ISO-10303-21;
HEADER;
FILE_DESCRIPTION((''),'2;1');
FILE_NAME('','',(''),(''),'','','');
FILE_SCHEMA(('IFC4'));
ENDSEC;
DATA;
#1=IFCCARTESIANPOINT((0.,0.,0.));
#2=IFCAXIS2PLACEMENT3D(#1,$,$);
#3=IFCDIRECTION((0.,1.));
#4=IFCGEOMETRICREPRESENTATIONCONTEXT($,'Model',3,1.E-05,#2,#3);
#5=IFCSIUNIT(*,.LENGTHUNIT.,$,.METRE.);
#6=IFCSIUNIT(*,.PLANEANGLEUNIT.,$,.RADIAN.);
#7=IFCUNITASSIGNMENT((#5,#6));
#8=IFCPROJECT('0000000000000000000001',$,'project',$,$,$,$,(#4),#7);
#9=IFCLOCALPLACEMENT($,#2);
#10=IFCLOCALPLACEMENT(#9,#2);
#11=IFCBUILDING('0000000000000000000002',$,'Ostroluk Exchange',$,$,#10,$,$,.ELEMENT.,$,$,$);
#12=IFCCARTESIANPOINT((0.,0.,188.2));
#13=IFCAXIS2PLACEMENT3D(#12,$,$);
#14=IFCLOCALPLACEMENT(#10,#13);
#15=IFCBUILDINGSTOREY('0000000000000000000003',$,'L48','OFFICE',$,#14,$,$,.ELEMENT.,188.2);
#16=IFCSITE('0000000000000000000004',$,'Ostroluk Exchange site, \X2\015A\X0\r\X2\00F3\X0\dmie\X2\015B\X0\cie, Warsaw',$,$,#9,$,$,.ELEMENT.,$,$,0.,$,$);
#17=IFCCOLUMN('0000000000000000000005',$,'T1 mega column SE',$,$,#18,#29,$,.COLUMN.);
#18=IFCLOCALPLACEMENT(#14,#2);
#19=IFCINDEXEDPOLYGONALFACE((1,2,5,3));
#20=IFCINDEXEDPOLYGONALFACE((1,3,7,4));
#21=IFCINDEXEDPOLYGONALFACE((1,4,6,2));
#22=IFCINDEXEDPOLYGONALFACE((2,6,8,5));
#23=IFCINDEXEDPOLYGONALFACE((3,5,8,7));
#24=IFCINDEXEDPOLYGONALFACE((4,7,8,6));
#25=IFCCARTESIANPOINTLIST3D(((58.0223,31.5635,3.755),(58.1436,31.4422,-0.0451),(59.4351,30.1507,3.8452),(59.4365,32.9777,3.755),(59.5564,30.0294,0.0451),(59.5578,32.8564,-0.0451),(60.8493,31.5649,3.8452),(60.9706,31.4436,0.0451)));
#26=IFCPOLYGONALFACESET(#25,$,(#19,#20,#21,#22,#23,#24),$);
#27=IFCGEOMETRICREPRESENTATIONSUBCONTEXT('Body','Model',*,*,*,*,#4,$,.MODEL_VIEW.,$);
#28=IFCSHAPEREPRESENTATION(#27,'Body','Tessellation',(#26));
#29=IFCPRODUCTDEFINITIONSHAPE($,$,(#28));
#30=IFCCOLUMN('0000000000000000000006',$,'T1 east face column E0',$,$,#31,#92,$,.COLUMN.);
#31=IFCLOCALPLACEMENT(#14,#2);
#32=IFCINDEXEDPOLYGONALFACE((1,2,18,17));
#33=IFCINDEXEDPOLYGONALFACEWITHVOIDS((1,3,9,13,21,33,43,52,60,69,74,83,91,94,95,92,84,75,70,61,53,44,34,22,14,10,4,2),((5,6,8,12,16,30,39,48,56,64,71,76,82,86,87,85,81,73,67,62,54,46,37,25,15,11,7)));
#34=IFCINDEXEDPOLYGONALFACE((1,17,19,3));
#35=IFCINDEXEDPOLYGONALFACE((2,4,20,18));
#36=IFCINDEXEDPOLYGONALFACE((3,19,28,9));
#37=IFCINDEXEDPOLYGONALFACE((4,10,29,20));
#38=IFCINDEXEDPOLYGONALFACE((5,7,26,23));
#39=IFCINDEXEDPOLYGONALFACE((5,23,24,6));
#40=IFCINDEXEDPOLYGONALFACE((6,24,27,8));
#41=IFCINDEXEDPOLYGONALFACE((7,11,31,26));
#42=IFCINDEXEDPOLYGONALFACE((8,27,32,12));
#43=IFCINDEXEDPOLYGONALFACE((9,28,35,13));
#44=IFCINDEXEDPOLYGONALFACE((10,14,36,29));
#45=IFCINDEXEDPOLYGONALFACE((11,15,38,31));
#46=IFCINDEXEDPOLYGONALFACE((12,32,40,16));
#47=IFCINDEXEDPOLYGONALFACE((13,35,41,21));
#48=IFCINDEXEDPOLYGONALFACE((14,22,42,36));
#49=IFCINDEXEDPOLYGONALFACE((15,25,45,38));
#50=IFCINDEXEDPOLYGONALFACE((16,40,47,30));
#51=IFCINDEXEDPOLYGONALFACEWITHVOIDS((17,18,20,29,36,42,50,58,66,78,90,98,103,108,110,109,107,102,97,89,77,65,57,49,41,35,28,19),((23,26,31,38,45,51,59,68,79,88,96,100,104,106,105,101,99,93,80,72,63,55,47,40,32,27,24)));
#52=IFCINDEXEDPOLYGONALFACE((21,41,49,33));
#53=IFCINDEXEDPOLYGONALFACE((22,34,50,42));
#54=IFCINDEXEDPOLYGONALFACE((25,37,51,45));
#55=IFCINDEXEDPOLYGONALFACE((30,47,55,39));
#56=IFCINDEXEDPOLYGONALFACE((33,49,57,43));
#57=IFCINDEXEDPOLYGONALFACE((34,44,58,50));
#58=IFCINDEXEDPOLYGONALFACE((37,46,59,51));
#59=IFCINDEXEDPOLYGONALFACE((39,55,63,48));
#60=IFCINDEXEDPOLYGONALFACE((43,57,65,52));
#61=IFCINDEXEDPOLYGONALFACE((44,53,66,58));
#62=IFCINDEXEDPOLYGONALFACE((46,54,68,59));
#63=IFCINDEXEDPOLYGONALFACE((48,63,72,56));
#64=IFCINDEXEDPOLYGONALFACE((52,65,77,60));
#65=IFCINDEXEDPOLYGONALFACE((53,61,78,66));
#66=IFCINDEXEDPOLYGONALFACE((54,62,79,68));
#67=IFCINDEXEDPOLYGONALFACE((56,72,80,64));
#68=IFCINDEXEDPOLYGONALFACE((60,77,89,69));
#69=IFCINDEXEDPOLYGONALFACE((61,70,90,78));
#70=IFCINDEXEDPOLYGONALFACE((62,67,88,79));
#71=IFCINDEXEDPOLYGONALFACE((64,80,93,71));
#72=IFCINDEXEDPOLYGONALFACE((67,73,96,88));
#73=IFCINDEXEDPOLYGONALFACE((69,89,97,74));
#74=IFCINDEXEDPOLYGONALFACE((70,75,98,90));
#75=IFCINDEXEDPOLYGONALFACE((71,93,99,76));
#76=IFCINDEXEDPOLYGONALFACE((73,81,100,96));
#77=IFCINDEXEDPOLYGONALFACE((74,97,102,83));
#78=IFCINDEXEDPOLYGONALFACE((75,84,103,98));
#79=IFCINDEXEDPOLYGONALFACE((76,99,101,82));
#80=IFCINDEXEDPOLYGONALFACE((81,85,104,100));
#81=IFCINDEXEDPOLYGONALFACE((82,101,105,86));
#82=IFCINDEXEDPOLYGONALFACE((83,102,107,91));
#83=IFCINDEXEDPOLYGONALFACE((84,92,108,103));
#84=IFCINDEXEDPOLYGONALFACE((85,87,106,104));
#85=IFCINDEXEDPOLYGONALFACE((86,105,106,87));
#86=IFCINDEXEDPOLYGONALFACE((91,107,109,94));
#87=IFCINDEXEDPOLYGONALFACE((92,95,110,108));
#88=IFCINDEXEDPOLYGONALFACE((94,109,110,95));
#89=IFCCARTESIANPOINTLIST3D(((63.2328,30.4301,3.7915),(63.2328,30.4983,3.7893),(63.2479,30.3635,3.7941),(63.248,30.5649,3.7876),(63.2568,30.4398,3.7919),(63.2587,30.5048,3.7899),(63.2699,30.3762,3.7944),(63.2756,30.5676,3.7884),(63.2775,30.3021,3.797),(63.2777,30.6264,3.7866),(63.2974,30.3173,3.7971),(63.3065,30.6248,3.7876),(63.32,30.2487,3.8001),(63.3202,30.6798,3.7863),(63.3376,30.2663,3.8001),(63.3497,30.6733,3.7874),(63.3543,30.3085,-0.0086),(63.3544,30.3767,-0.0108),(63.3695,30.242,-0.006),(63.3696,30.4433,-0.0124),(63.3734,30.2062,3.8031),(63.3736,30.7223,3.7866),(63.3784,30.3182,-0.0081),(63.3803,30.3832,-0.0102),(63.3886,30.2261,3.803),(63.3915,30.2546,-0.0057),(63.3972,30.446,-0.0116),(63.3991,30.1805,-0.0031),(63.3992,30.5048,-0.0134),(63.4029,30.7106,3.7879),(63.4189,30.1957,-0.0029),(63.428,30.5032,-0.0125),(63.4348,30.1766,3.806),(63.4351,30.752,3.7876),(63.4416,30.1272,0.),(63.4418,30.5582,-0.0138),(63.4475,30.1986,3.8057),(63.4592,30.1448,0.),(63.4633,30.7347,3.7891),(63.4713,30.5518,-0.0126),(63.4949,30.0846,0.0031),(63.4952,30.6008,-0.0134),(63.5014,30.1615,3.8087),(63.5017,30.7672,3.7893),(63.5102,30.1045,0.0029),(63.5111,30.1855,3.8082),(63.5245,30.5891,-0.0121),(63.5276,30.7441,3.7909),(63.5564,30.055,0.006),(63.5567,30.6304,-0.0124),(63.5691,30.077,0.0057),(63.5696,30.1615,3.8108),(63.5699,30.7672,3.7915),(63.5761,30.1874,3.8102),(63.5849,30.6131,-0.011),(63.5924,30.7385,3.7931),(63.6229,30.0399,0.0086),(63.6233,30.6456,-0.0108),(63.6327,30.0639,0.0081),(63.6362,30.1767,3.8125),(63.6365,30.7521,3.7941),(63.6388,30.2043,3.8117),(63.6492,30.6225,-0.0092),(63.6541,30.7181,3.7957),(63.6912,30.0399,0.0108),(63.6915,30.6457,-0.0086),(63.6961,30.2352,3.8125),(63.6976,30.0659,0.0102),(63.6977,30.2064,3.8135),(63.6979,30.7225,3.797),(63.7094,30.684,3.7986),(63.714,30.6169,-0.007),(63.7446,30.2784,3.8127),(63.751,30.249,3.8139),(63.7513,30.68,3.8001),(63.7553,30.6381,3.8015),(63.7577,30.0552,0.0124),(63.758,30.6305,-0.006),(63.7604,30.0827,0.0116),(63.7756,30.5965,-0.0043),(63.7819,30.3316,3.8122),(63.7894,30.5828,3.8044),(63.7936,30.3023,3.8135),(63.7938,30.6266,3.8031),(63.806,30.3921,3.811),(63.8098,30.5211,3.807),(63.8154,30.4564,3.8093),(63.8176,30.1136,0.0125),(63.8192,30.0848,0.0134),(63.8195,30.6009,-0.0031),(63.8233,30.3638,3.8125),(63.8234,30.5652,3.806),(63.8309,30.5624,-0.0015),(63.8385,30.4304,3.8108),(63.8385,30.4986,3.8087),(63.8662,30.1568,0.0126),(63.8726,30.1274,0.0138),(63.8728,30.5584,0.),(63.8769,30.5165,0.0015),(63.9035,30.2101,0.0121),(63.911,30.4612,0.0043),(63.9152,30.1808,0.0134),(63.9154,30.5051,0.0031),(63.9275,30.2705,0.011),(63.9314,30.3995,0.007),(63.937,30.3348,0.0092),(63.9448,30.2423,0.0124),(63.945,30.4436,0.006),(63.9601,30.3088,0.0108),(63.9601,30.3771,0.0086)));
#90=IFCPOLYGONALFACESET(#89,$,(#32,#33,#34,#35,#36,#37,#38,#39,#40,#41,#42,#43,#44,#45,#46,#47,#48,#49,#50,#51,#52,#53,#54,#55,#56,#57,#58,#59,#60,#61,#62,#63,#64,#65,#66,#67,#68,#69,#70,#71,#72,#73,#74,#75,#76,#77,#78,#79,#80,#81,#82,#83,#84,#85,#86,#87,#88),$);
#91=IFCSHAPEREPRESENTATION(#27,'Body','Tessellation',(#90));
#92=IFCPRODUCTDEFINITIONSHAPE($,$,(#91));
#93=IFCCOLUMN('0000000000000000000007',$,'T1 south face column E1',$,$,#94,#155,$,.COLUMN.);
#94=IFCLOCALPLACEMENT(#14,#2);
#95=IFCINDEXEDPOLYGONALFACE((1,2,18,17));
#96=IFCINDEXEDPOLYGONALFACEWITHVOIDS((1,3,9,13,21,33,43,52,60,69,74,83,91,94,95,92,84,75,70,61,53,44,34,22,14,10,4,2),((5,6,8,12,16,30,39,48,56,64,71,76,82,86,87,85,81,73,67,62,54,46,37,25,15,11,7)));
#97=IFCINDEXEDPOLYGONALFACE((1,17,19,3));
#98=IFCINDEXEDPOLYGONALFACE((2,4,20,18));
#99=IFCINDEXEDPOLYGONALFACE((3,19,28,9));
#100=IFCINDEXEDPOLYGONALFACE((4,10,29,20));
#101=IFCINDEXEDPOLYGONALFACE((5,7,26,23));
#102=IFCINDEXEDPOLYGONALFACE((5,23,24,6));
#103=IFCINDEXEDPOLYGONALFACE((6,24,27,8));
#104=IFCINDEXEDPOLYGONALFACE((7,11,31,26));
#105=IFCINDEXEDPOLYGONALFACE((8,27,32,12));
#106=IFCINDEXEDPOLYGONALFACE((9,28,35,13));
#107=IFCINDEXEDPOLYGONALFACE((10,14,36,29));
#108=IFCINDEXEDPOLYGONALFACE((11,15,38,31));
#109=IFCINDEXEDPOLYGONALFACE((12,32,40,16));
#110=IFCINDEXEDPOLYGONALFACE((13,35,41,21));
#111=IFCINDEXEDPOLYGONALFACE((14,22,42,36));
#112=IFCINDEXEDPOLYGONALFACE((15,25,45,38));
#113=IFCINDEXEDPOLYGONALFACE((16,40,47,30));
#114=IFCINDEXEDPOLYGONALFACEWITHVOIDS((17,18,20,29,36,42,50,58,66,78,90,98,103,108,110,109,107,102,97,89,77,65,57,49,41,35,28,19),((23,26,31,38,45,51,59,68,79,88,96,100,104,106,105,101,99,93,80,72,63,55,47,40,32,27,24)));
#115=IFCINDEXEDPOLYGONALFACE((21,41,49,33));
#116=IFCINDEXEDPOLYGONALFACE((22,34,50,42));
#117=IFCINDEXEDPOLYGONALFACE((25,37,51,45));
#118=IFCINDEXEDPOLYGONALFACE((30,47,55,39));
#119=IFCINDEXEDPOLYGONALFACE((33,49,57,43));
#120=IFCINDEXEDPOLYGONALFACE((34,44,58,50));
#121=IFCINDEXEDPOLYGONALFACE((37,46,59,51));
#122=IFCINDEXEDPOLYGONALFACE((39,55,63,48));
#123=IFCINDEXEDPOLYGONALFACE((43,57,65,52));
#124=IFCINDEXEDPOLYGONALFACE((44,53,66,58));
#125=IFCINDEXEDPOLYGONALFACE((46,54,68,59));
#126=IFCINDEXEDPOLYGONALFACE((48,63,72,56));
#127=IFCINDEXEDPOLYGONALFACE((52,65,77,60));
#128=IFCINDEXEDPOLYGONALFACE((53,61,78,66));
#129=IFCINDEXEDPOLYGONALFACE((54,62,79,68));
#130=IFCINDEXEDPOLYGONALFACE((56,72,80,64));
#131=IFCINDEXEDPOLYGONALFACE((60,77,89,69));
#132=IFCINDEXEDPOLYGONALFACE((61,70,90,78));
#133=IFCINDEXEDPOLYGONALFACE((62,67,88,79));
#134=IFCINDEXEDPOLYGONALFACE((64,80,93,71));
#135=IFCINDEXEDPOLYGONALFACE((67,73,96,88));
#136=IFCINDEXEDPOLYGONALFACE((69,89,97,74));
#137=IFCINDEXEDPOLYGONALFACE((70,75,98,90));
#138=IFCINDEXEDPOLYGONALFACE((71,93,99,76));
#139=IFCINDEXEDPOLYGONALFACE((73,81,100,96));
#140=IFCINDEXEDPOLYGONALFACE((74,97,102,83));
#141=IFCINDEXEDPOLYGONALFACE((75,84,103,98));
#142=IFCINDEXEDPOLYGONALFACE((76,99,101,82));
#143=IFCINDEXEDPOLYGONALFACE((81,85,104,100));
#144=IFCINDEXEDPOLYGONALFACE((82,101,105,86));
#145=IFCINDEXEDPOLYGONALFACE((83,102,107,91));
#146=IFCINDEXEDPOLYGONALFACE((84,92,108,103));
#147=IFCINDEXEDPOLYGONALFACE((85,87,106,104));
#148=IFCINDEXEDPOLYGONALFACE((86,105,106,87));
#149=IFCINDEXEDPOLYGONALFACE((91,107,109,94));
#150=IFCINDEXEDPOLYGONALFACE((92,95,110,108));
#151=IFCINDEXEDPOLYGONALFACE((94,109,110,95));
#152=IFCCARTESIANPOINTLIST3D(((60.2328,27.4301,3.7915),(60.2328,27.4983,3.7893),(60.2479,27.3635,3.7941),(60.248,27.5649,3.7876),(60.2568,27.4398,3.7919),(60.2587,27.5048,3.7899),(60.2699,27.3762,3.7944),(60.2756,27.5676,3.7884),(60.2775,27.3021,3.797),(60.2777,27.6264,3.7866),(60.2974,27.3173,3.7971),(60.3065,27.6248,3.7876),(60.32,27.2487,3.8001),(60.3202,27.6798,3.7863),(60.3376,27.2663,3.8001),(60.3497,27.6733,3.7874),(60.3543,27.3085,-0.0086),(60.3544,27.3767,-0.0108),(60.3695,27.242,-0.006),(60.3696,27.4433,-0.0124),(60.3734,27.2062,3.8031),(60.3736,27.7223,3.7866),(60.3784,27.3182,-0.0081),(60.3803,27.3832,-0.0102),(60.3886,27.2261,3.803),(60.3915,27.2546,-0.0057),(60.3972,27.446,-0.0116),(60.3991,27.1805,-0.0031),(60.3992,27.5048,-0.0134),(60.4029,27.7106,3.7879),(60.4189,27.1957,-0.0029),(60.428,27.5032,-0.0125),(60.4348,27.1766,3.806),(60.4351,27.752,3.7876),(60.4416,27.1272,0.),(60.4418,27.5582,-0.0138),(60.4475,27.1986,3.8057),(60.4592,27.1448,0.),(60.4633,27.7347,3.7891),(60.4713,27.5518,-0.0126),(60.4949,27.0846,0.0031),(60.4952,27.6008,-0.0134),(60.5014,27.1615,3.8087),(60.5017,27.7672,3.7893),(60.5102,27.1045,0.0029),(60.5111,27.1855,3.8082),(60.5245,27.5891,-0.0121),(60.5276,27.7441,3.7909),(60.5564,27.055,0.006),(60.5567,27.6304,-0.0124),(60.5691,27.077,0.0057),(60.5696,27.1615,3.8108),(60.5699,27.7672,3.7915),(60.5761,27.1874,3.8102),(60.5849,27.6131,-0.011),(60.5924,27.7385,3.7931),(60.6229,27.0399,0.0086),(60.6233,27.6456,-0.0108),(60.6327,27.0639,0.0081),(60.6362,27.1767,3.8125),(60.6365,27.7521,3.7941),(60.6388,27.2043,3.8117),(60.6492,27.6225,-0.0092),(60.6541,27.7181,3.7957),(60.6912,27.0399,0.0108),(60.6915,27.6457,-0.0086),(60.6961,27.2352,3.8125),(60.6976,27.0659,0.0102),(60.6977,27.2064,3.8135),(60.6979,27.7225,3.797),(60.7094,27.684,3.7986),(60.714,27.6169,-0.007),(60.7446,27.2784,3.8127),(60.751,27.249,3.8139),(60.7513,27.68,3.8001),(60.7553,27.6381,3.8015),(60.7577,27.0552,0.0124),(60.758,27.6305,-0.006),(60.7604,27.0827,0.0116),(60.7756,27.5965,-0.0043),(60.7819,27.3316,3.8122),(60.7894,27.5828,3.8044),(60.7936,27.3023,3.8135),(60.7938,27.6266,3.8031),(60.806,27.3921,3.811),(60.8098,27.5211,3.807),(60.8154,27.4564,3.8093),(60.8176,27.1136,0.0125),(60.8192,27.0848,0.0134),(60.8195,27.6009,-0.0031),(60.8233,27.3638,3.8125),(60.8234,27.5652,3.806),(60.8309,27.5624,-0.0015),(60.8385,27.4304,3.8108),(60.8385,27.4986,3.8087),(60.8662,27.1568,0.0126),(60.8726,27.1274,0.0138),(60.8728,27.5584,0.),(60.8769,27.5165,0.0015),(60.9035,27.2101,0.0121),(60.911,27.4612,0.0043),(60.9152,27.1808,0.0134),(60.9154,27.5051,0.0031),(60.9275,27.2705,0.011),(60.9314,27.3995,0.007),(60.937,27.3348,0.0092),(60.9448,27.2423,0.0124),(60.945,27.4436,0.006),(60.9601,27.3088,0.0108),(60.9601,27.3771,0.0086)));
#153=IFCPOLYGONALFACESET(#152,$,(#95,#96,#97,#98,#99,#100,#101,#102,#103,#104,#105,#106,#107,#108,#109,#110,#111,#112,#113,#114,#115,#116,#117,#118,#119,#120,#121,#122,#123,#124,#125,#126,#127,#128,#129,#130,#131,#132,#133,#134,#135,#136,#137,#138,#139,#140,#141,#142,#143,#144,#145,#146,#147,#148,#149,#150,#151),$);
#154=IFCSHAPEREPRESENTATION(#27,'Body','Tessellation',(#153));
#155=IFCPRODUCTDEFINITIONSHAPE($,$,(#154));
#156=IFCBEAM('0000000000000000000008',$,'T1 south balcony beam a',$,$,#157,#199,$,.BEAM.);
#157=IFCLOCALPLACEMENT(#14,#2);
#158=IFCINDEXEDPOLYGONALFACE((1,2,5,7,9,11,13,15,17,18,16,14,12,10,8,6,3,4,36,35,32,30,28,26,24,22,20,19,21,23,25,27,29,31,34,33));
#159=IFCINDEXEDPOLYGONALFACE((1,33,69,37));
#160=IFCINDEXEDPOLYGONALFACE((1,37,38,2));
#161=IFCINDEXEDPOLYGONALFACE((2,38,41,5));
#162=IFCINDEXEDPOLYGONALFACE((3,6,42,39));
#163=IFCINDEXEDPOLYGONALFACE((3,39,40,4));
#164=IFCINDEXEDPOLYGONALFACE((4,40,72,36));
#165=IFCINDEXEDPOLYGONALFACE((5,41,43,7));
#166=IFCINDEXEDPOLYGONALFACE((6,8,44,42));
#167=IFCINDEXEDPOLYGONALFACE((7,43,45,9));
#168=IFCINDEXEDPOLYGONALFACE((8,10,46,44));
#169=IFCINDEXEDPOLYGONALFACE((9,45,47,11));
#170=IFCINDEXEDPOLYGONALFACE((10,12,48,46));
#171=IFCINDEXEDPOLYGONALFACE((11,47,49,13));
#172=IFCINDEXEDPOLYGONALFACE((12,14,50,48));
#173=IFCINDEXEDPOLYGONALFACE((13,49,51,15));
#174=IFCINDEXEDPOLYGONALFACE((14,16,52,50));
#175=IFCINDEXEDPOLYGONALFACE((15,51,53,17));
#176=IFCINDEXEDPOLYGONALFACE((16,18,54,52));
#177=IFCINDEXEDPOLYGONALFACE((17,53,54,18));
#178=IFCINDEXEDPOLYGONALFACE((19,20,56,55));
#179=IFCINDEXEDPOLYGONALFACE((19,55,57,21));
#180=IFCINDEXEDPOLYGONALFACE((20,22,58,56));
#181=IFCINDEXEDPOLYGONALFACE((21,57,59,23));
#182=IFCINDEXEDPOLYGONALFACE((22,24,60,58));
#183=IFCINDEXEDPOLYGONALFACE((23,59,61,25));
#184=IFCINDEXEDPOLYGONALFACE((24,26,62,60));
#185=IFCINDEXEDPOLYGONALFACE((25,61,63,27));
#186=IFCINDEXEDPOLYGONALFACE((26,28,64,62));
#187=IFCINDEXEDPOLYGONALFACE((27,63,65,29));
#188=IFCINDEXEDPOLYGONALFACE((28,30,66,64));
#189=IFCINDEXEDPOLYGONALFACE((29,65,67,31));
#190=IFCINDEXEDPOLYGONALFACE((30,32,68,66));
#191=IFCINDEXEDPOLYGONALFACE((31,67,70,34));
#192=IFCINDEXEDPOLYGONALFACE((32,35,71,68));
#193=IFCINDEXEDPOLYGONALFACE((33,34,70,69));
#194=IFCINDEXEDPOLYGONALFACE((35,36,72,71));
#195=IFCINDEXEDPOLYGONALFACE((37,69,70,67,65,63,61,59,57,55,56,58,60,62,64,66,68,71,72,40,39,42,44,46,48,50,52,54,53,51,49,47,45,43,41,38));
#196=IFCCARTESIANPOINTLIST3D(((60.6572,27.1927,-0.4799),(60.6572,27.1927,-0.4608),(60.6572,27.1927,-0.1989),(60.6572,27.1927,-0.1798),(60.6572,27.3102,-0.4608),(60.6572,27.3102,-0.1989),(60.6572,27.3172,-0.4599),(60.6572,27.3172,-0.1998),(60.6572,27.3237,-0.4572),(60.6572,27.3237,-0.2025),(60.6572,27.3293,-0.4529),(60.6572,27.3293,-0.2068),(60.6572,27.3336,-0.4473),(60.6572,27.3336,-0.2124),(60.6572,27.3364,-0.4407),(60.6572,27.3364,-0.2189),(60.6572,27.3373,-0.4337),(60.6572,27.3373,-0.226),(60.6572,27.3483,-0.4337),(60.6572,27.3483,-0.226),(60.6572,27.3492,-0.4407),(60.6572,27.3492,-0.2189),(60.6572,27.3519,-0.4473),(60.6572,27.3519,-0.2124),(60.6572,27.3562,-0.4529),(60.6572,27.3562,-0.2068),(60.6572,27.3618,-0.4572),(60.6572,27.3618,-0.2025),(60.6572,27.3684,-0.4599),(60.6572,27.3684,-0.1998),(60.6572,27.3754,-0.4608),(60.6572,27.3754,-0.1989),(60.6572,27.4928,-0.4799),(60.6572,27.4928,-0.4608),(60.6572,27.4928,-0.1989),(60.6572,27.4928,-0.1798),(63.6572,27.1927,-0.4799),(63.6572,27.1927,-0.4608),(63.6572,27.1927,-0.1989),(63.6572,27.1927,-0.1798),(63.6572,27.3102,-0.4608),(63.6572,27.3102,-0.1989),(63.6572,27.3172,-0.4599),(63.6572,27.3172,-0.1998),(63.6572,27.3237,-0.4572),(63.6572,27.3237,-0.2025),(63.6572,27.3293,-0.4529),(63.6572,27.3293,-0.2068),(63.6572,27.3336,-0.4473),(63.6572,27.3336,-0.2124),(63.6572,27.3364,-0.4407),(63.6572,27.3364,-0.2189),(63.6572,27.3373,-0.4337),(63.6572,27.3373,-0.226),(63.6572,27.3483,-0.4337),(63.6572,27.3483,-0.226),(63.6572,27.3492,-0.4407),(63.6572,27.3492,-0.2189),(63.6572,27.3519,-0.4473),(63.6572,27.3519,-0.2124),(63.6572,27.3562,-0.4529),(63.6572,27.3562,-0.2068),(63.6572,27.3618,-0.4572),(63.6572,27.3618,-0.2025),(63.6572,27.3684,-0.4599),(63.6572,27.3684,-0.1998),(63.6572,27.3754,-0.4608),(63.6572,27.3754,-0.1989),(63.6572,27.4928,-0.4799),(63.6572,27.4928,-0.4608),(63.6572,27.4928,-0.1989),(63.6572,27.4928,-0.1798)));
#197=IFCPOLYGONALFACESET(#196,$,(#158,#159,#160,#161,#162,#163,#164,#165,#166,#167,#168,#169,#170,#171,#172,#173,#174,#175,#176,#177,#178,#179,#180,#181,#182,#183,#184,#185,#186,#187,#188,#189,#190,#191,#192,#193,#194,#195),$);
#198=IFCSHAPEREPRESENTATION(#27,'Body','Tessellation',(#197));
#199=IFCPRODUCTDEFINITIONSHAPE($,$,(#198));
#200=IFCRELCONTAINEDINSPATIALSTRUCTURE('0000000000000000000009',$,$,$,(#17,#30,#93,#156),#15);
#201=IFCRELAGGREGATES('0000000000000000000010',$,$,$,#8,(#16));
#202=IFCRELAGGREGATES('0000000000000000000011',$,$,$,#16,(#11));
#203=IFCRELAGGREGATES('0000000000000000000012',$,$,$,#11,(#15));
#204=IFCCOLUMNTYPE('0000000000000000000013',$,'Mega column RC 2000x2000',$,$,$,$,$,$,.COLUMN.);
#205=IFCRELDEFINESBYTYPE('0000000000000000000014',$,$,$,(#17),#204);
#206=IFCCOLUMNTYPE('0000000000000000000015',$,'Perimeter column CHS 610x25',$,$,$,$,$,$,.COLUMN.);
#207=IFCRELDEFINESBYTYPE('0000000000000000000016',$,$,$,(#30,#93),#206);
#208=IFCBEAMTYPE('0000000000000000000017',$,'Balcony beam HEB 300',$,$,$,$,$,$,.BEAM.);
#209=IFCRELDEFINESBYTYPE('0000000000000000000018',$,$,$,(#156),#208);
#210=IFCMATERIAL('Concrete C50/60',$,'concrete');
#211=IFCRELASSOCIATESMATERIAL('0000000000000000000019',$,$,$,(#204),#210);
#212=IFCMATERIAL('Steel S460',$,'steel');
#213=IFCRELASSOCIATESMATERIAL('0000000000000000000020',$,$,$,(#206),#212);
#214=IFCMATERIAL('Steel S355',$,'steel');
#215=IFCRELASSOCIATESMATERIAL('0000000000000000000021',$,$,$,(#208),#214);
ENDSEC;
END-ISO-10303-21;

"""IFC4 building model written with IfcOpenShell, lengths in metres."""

from ifc_helpers import new_model, si_unit, direction, frame, origin, origin_2d, place, context, subcontext, project, spatial, rectangle, hollow_circle, i_section, extrude, material, material_profile, profile_set, type_object, element, save


model = new_model("IFC4")

# Units and contexts
model_context = context("Model", 3, precision=1e-05, world=origin(), true_north=direction((0.0, 1.0)))
body_context = subcontext(model_context, "Body", "Model", "MODEL_VIEW")
ifc_project = project(units=[si_unit("LENGTHUNIT", "METRE"), si_unit("PLANEANGLEUNIT", "RADIAN")], contexts=[model_context])

# Site, building, storey
site_placement = place(None, origin())
site = spatial("IfcSite", under=ifc_project, at=site_placement, Name="Ostroluk Exchange site, Śródmieście, Warsaw", CompositionType="ELEMENT", RefElevation=0.0)
building_placement = place(site_placement, origin())
building = spatial("IfcBuilding", under=site, at=building_placement, Name="Ostroluk Exchange", CompositionType="ELEMENT")
storey_placement = place(building_placement, frame((0.0, 0.0, 188.2)))
storey = spatial("IfcBuildingStorey", under=building, at=storey_placement, Name="L48", Description="OFFICE", CompositionType="ELEMENT", Elevation=188.2)

# Columns
ifc_material_1 = material(Name="Concrete C50/60", Category="concrete")
ifc_material_profile_1 = material_profile(ifc_material_1, rectangle(XDim=2.0, YDim=2.0, at=origin_2d()), Name="RC 2000x2000")
ifc_profile_set_1 = profile_set([ifc_material_profile_1], Name="Concrete C50/60")
column_type_1 = type_object("IfcColumnType", Name="Mega column RC 2000x2000", PredefinedType="COLUMN", material=ifc_profile_set_1)
column_placement = place(storey_placement, frame((59.5571, 31.4429, 0.0), z_axis=(-0.031898, 0.031898, 0.998982), x_axis=(-0.707107, -0.707107, 0.0)))
element("IfcColumn", 1, at=column_placement, inside=storey, type_object=column_type_1, Name="T1 mega column SE", PredefinedType="COLUMN", context=body_context, shape_type="SweptSolid", body=[
    extrude(rectangle(XDim=2.0, YDim=2.0, at=origin_2d()), origin(), (0.0, 0.0, 1.0), 3.804),
])
ifc_material_2 = material(Name="Steel S460", Category="steel")
ifc_material_profile_2 = material_profile(ifc_material_2, hollow_circle(Radius=0.3049, WallThickness=0.0249, at=origin_2d()), Name="CHS 610x25")
ifc_profile_set_2 = profile_set([ifc_material_profile_2], Name="Steel S460")
column_type_2 = type_object("IfcColumnType", Name="Perimeter column CHS 610x25", PredefinedType="COLUMN", material=ifc_profile_set_2)
for number, where, z_axis, x_axis, name in (
    (2, (63.6572, 30.3428, 0.0), (-0.031962, 0.031962, 0.998978), (-0.707107, -0.707107, 0.0), "T1 east face column E0"),
    (3, (60.6572, 27.3428, 0.0), (-0.031962, 0.031962, 0.998978), (-0.707107, -0.707107, 0.0), "T1 south face column E1"),
):
    element("IfcColumn", number, at=place(storey_placement, frame(where, z_axis=z_axis, x_axis=x_axis)), inside=storey, type_object=column_type_2, Name=name, PredefinedType="COLUMN", context=body_context, shape_type="SweptSolid", body=[
        extrude(hollow_circle(Radius=0.3049, WallThickness=0.0249, at=origin_2d()), origin(), (0.0, 0.0, 1.0), 3.804),
    ])

# Beam
ifc_material_3 = material(Name="Steel S355", Category="steel")
ifc_material_profile_3 = material_profile(ifc_material_3, i_section(OverallWidth=0.3, OverallDepth=0.3, WebThickness=0.011, FlangeThickness=0.019, FilletRadius=0.0271, at=origin_2d()), Name="HEB 300")
ifc_profile_set_3 = profile_set([ifc_material_profile_3], Name="Steel S355")
beam_type_1 = type_object("IfcBeamType", Name="Balcony beam HEB 300", PredefinedType="BEAM", material=ifc_profile_set_3)
for number, where, z_axis, x_axis, name in (
    (4, (60.6572, 27.3428, -0.3298), (1.0, 0.0, 0.0), (0.0, 1.0, 0.0), "T1 south balcony beam a"),
):
    element("IfcBeam", number, at=place(storey_placement, frame(where, z_axis=z_axis, x_axis=x_axis)), inside=storey, type_object=beam_type_1, Name=name, PredefinedType="BEAM", context=body_context, shape_type="SweptSolid", body=[
        extrude(i_section(OverallWidth=0.3, OverallDepth=0.3, WebThickness=0.011, FlangeThickness=0.019, FilletRadius=0.0271, at=origin_2d()), origin(), (0.0, 0.0, 1.0), 3.0),
    ])

save(model, "model.ifc")
